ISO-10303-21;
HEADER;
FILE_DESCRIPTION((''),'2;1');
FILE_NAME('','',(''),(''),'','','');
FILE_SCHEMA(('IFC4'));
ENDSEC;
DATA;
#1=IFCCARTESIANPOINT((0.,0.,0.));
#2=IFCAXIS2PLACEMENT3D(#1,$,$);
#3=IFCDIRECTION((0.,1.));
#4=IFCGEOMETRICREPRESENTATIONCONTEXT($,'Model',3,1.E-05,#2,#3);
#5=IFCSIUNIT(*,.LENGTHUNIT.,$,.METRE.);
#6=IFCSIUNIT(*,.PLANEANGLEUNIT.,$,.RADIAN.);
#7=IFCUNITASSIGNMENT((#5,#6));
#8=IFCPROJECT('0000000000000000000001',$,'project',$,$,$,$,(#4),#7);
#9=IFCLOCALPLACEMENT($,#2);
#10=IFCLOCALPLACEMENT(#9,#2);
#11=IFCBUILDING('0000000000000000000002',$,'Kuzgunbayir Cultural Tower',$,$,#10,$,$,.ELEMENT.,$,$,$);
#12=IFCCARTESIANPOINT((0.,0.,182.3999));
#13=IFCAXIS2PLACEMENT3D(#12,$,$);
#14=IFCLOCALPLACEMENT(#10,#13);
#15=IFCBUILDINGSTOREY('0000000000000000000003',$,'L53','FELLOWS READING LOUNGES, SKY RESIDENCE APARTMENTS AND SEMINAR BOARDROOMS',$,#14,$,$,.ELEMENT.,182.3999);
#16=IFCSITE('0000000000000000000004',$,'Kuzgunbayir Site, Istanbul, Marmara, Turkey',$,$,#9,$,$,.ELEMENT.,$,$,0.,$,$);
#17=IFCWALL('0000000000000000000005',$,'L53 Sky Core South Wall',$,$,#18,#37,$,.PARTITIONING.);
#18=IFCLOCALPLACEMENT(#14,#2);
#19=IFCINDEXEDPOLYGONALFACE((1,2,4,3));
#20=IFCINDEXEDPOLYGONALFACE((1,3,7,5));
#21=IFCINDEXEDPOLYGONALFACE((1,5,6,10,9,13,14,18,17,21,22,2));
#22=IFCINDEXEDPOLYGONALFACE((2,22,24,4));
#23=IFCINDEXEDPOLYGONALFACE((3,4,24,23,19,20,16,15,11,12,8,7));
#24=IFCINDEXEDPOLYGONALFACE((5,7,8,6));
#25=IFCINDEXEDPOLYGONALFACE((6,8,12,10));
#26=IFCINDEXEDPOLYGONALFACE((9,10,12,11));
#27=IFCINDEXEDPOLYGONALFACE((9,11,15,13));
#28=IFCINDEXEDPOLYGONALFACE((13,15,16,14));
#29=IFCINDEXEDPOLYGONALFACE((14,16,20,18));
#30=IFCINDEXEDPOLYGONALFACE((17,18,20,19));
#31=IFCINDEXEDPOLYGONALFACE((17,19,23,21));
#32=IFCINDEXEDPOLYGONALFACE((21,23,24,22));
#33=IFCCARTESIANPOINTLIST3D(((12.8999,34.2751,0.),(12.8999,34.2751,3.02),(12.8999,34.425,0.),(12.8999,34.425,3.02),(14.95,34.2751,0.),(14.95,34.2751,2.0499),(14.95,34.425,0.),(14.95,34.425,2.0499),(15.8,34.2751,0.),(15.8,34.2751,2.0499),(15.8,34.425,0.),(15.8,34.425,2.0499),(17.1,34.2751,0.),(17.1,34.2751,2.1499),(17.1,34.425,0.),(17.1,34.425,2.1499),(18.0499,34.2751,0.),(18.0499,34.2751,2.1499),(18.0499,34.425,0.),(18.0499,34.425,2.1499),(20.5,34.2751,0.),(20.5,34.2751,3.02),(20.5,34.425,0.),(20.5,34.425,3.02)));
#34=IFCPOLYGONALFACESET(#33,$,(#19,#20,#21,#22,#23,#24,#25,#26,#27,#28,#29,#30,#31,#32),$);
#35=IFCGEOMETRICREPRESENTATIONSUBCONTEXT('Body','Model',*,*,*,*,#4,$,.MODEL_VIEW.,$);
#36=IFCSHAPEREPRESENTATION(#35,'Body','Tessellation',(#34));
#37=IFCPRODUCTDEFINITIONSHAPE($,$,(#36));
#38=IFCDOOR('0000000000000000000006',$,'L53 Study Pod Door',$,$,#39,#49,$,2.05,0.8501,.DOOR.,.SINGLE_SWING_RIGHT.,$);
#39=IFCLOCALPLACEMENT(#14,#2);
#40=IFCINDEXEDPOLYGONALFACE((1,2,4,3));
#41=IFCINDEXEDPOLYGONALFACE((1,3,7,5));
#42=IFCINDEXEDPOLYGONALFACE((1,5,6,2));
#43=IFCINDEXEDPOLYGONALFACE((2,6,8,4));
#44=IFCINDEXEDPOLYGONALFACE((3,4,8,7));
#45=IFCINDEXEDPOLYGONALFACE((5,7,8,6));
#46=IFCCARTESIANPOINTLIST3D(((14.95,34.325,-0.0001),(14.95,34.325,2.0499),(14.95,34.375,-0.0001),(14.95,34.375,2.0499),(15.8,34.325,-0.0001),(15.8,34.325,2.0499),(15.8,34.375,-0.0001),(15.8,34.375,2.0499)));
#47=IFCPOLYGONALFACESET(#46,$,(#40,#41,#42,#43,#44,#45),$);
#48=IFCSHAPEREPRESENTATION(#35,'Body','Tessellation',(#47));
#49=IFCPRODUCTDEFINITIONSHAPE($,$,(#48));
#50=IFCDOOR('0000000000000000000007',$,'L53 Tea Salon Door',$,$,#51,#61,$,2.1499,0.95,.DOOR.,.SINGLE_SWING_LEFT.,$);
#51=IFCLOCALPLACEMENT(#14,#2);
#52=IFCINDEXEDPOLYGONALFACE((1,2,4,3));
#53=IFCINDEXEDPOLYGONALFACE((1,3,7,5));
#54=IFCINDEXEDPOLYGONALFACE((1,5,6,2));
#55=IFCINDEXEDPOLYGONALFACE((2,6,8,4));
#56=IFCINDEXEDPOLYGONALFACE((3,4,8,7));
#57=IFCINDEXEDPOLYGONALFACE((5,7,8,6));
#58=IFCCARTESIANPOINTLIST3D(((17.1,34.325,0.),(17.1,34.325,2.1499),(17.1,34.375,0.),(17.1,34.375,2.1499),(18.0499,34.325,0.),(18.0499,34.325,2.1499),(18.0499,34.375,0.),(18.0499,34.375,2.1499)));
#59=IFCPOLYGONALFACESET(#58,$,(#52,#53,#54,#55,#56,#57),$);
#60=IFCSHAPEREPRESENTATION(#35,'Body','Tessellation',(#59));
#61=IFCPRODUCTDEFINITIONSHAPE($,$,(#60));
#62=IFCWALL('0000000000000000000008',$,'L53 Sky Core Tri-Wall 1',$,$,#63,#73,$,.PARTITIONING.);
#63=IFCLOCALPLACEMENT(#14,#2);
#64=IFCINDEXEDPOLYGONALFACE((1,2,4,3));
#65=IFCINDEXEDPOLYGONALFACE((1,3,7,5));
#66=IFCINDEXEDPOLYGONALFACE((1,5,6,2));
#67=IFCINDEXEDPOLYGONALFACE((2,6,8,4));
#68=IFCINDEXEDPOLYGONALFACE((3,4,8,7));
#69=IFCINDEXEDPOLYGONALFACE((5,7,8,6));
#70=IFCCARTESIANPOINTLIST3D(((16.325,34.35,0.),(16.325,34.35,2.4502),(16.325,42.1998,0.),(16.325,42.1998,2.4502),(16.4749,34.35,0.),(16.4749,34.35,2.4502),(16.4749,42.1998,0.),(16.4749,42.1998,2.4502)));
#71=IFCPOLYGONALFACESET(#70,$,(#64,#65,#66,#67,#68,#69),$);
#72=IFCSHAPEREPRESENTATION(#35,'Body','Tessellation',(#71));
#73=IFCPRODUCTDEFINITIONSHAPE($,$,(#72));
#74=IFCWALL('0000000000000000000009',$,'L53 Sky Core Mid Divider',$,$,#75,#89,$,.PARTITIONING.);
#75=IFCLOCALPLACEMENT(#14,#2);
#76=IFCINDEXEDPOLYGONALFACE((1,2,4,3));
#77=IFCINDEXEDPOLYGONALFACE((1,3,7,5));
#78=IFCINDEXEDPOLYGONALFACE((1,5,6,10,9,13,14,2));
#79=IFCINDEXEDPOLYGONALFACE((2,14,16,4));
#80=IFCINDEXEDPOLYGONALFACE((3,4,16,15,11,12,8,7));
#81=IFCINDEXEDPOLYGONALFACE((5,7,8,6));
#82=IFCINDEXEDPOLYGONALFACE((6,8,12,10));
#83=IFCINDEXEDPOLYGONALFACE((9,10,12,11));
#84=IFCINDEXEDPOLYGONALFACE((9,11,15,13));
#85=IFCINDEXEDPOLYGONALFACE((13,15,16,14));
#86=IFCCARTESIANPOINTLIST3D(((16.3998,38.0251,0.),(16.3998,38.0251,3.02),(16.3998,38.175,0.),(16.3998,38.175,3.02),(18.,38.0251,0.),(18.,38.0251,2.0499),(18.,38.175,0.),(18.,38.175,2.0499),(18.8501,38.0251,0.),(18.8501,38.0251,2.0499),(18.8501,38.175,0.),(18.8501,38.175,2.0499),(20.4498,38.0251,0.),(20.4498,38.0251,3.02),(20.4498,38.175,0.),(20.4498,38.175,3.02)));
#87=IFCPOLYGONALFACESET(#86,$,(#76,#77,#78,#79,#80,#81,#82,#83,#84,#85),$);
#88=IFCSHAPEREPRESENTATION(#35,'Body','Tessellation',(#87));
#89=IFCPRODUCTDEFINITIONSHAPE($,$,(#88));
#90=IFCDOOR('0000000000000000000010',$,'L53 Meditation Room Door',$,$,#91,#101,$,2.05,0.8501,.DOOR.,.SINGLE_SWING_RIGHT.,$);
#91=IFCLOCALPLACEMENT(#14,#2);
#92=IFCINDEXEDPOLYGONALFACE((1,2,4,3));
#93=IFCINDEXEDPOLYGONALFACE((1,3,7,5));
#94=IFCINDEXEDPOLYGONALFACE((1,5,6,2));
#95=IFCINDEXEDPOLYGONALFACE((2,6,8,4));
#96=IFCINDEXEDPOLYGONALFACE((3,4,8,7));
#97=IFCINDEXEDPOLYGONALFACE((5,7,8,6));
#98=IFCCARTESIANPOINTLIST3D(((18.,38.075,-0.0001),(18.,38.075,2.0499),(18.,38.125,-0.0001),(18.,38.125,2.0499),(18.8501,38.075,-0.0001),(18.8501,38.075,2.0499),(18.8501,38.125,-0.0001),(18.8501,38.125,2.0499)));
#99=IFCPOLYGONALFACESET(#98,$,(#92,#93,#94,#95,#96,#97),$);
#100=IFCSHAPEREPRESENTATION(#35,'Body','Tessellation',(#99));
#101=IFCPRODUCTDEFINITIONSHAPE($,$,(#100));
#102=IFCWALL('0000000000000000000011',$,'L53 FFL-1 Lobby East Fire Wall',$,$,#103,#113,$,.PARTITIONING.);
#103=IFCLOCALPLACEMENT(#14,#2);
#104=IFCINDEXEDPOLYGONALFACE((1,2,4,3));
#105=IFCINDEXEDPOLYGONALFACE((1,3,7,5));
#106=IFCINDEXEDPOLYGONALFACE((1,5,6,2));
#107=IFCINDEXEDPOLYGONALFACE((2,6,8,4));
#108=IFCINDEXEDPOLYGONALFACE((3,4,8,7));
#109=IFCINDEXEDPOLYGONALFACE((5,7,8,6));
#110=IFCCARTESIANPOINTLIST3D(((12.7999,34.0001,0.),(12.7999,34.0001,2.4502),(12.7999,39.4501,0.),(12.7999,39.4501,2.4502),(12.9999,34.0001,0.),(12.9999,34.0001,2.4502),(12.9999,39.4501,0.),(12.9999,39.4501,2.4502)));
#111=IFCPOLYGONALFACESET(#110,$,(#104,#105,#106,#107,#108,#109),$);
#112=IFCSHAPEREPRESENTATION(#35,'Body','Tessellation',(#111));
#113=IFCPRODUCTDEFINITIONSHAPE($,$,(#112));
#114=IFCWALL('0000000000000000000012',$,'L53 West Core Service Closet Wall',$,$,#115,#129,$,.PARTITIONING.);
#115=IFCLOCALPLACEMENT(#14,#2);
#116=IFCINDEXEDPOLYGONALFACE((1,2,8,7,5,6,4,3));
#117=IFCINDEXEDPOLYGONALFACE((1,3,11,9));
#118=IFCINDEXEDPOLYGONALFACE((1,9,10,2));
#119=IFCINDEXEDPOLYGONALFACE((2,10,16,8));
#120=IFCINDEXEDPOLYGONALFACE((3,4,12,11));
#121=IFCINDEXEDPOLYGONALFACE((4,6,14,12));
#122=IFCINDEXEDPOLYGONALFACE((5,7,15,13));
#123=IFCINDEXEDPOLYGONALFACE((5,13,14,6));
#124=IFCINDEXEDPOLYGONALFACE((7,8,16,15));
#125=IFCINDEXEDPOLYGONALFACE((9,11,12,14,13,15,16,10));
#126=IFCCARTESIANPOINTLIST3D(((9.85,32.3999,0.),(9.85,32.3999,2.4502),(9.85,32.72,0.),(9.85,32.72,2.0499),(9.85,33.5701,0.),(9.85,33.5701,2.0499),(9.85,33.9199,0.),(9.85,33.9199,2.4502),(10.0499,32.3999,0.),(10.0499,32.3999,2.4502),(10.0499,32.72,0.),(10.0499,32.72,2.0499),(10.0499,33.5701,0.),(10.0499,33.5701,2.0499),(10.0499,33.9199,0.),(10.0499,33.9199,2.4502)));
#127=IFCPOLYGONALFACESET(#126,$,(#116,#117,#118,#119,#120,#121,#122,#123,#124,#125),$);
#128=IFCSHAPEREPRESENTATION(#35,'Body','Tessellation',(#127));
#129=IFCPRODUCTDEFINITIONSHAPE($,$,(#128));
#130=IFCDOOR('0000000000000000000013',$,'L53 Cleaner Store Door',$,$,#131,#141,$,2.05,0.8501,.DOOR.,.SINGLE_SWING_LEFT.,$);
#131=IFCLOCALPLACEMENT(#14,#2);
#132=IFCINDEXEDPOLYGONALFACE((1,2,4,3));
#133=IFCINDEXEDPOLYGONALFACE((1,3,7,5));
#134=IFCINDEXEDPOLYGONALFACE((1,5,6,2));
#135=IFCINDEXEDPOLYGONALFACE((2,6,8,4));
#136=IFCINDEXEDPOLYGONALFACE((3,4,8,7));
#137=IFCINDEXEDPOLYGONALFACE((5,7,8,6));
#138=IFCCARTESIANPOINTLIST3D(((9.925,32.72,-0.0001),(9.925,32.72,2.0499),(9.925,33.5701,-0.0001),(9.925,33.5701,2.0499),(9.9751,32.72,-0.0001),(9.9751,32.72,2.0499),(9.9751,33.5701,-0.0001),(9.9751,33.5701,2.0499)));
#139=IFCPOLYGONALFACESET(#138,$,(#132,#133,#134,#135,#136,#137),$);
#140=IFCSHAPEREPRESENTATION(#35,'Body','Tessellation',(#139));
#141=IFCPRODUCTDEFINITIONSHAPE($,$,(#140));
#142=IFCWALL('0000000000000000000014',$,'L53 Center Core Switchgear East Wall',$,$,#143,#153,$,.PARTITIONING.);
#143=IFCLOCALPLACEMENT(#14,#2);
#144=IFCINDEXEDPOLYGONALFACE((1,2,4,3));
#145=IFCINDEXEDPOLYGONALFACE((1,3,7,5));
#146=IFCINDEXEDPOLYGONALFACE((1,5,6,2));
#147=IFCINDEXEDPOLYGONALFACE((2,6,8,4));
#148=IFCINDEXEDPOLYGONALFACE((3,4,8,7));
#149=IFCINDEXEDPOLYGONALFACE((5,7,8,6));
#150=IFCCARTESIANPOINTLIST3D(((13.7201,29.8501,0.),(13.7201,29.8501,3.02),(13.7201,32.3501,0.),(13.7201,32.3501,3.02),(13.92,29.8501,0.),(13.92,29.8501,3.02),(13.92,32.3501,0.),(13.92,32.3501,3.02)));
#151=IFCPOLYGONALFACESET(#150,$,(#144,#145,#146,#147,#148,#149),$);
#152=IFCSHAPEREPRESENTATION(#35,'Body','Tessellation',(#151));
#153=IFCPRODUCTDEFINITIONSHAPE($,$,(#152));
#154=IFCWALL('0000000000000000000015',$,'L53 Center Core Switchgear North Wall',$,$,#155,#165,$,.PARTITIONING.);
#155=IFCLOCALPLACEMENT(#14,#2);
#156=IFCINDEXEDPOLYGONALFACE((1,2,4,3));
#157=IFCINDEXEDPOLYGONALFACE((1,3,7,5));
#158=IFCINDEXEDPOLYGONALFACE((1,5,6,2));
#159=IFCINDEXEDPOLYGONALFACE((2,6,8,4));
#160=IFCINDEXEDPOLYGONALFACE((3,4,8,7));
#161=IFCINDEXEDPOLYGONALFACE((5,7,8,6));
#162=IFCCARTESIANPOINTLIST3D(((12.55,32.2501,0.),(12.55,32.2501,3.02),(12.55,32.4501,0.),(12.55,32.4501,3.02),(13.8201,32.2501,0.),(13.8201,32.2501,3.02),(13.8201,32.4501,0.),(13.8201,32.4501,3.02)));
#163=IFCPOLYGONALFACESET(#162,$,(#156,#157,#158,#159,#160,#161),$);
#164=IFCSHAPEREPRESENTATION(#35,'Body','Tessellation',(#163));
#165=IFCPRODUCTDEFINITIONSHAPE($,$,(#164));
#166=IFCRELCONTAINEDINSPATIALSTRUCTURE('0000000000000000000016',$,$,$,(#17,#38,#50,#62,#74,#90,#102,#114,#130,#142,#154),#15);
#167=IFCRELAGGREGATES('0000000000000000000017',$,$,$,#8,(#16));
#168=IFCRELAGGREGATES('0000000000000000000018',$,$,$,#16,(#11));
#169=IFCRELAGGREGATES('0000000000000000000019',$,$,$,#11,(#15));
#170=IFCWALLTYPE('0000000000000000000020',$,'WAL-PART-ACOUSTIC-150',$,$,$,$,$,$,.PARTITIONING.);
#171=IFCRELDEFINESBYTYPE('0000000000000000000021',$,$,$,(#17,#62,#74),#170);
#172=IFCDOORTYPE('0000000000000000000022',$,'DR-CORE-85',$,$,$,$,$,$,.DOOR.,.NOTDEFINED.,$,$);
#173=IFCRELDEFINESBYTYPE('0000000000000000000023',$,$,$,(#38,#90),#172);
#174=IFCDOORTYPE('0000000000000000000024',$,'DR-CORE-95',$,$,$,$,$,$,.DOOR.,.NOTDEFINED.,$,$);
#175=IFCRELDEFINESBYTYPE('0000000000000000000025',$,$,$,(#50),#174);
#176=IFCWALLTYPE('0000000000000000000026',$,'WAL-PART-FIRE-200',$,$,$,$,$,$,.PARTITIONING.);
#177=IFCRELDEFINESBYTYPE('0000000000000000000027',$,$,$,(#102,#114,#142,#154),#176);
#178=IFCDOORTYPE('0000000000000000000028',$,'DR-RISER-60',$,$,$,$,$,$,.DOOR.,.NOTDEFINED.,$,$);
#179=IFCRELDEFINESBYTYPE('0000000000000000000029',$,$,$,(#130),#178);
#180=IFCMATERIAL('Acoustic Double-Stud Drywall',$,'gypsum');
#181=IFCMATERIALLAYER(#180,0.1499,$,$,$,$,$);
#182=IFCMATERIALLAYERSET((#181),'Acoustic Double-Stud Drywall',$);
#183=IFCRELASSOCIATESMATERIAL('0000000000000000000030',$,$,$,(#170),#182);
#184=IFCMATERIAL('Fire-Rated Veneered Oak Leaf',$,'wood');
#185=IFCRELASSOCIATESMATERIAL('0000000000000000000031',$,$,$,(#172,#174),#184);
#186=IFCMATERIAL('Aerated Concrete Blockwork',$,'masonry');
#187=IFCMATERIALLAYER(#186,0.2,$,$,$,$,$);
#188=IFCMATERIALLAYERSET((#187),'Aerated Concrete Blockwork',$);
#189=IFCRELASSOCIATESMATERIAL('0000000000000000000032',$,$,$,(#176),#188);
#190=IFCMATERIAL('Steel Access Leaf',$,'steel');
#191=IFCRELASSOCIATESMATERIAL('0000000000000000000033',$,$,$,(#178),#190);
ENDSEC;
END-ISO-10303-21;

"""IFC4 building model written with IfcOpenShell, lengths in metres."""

from ifc_helpers import new_model, si_unit, direction, frame, frame_2d, origin, place, context, subcontext, project, spatial, rectangle, extrude, material, layer, layer_set, type_object, element, fill, save


model = new_model("IFC4")

# Units and contexts
model_context = context("Model", 3, precision=1e-05, world=origin(), true_north=direction((0.0, 1.0)))
body_context = subcontext(model_context, "Body", "Model", "MODEL_VIEW")
ifc_project = project(units=[si_unit("LENGTHUNIT", "METRE"), si_unit("PLANEANGLEUNIT", "RADIAN")], contexts=[model_context])

# Site, building, storey
site_placement = place(None, origin())
site = spatial("IfcSite", under=ifc_project, at=site_placement, Name="Kuzgunbayir Site, Istanbul, Marmara, Turkey", CompositionType="ELEMENT", RefElevation=0.0)
building_placement = place(site_placement, origin())
building = spatial("IfcBuilding", under=site, at=building_placement, Name="Kuzgunbayir Cultural Tower", CompositionType="ELEMENT")
storey_placement = place(building_placement, frame((0.0, 0.0, 182.3999)))
storey = spatial("IfcBuildingStorey", under=building, at=storey_placement, Name="L53", Description="FELLOWS READING LOUNGES, SKY RESIDENCE APARTMENTS AND SEMINAR BOARDROOMS", CompositionType="ELEMENT", Elevation=182.3999)

# Wall, openings, doors
ifc_material_1 = material(Name="Acoustic Double-Stud Drywall", Category="gypsum")
ifc_layer_1 = layer(ifc_material_1, 0.1499)
ifc_layer_set_1 = layer_set([ifc_layer_1], Name="Acoustic Double-Stud Drywall")
wall_type_1 = type_object("IfcWallType", Name="WAL-PART-ACOUSTIC-150", PredefinedType="PARTITIONING", material=ifc_layer_set_1)
wall_1_placement = place(storey_placement, frame((12.8999, 34.3501, 0.0), z_axis=(0.0, 0.0, 1.0), x_axis=(1.0, 0.0, 0.0)))
wall_1 = element("IfcWall", 1, at=wall_1_placement, inside=storey, type_object=wall_type_1, Name="L53 Sky Core South Wall", PredefinedType="PARTITIONING", context=body_context, shape_type="SweptSolid", body=[
    extrude(rectangle(XDim=7.6001, YDim=0.1499, at=frame_2d((3.8, 0.0))), origin(), (0.0, 0.0, 1.0), 3.02),
])
opening_1_placement = place(wall_1_placement, frame((2.05, 0.0, 0.0)))
opening_1 = element("IfcOpeningElement", 2, at=opening_1_placement, cuts=wall_1, PredefinedType="OPENING", context=body_context, shape_type="SweptSolid", body=[
    extrude(rectangle(XDim=0.8501, YDim=2.05, at=frame_2d((0.425, 1.0249))), frame((0.0, 0.085, 0.0), z_axis=(0.0, -1.0, 0.0), x_axis=(1.0, 0.0, 0.0)), (0.0, 0.0, 1.0), 0.1699),
])
opening_2_placement = place(wall_1_placement, frame((4.2, 0.0, 0.0)))
opening_2 = element("IfcOpeningElement", 3, at=opening_2_placement, cuts=wall_1, PredefinedType="OPENING", context=body_context, shape_type="SweptSolid", body=[
    extrude(rectangle(XDim=0.95, YDim=2.1499, at=frame_2d((0.4751, 1.075))), frame((0.0, 0.085, 0.0), z_axis=(0.0, -1.0, 0.0), x_axis=(1.0, 0.0, 0.0)), (0.0, 0.0, 1.0), 0.1699),
])
ifc_material_2 = material(Name="Fire-Rated Veneered Oak Leaf", Category="wood")
door_type_1 = type_object("IfcDoorType", Name="DR-CORE-85", OperationType="NOTDEFINED", PredefinedType="DOOR", material=ifc_material_2)
door_1_placement = place(opening_1_placement, origin())
door_1 = element("IfcDoor", 4, at=door_1_placement, inside=storey, type_object=door_type_1, Name="L53 Study Pod Door", OperationType="SINGLE_SWING_RIGHT", OverallHeight=2.05, OverallWidth=0.8501, PredefinedType="DOOR", context=body_context, shape_type="SweptSolid", body=[
    extrude(rectangle(XDim=0.8501, YDim=2.05, at=frame_2d((0.425, 1.0249))), frame((0.0, 0.0249, 0.0), z_axis=(0.0, -1.0, 0.0), x_axis=(1.0, 0.0, 0.0)), (0.0, 0.0, 1.0), 0.05),
])
fill(opening_1, door_1)
door_type_2 = type_object("IfcDoorType", Name="DR-CORE-95", OperationType="NOTDEFINED", PredefinedType="DOOR", material=ifc_material_2)
door_2_placement = place(opening_2_placement, origin())
door_2 = element("IfcDoor", 5, at=door_2_placement, inside=storey, type_object=door_type_2, Name="L53 Tea Salon Door", OperationType="SINGLE_SWING_LEFT", OverallHeight=2.1499, OverallWidth=0.95, PredefinedType="DOOR", context=body_context, shape_type="SweptSolid", body=[
    extrude(rectangle(XDim=0.95, YDim=2.1499, at=frame_2d((0.4751, 1.075))), frame((0.0, 0.0249, 0.0), z_axis=(0.0, -1.0, 0.0), x_axis=(1.0, 0.0, 0.0)), (0.0, 0.0, 1.0), 0.05),
])
fill(opening_2, door_2)

# Wall
wall_2_placement = place(storey_placement, frame((16.3999, 34.3501, 0.0), z_axis=(0.0, 0.0, 1.0), x_axis=(0.0, 1.0, 0.0)))
element("IfcWall", 6, at=wall_2_placement, inside=storey, type_object=wall_type_1, Name="L53 Sky Core Tri-Wall 1", PredefinedType="PARTITIONING", context=body_context, shape_type="SweptSolid", body=[
    extrude(rectangle(XDim=7.8499, YDim=0.1499, at=frame_2d((3.9248, 0.0))), origin(), (0.0, 0.0, 1.0), 2.4502),
])

# Wall, opening, door
wall_3_placement = place(storey_placement, frame((16.3999, 38.1001, 0.0), z_axis=(0.0, 0.0, 1.0), x_axis=(1.0, 0.0, 0.0)))
wall_3 = element("IfcWall", 7, at=wall_3_placement, inside=storey, type_object=wall_type_1, Name="L53 Sky Core Mid Divider", PredefinedType="PARTITIONING", context=body_context, shape_type="SweptSolid", body=[
    extrude(rectangle(XDim=4.05, YDim=0.1499, at=frame_2d((2.0249, 0.0))), origin(), (0.0, 0.0, 1.0), 3.02),
])
opening_3_placement = place(wall_3_placement, frame((1.6001, 0.0, 0.0)))
opening_3 = element("IfcOpeningElement", 8, at=opening_3_placement, cuts=wall_3, PredefinedType="OPENING", context=body_context, shape_type="SweptSolid", body=[
    extrude(rectangle(XDim=0.8501, YDim=2.05, at=frame_2d((0.425, 1.0249))), frame((0.0, 0.085, 0.0), z_axis=(0.0, -1.0, 0.0), x_axis=(1.0, 0.0, 0.0)), (0.0, 0.0, 1.0), 0.1699),
])
door_3_placement = place(opening_3_placement, origin())
door_3 = element("IfcDoor", 9, at=door_3_placement, inside=storey, type_object=door_type_1, Name="L53 Meditation Room Door", OperationType="SINGLE_SWING_RIGHT", OverallHeight=2.05, OverallWidth=0.8501, PredefinedType="DOOR", context=body_context, shape_type="SweptSolid", body=[
    extrude(rectangle(XDim=0.8501, YDim=2.05, at=frame_2d((0.425, 1.0249))), frame((0.0, 0.0249, 0.0), z_axis=(0.0, -1.0, 0.0), x_axis=(1.0, 0.0, 0.0)), (0.0, 0.0, 1.0), 0.05),
])
fill(opening_3, door_3)

# Wall
ifc_material_3 = material(Name="Aerated Concrete Blockwork", Category="masonry")
ifc_layer_2 = layer(ifc_material_3, 0.2)
ifc_layer_set_2 = layer_set([ifc_layer_2], Name="Aerated Concrete Blockwork")
wall_type_2 = type_object("IfcWallType", Name="WAL-PART-FIRE-200", PredefinedType="PARTITIONING", material=ifc_layer_set_2)
wall_4_placement = place(storey_placement, frame((12.8999, 34.0, 0.0), z_axis=(0.0, 0.0, 1.0), x_axis=(0.0, 1.0, 0.0)))
element("IfcWall", 10, at=wall_4_placement, inside=storey, type_object=wall_type_2, Name="L53 FFL-1 Lobby East Fire Wall", PredefinedType="PARTITIONING", context=body_context, shape_type="SweptSolid", body=[
    extrude(rectangle(XDim=5.45, YDim=0.2, at=frame_2d((2.7251, 0.0))), origin(), (0.0, 0.0, 1.0), 2.4502),
])

# Wall, opening, door
wall_5_placement = place(storey_placement, frame((9.95, 32.3999, 0.0), z_axis=(0.0, 0.0, 1.0), x_axis=(0.0, 1.0, 0.0)))
wall_5 = element("IfcWall", 11, at=wall_5_placement, inside=storey, type_object=wall_type_2, Name="L53 West Core Service Closet Wall", PredefinedType="PARTITIONING", context=body_context, shape_type="SweptSolid", body=[
    extrude(rectangle(XDim=1.52, YDim=0.2, at=frame_2d((0.76, 0.0))), origin(), (0.0, 0.0, 1.0), 2.4502),
])
opening_4_placement = place(wall_5_placement, frame((0.3201, 0.0, 0.0)))
opening_4 = element("IfcOpeningElement", 12, at=opening_4_placement, cuts=wall_5, PredefinedType="OPENING", context=body_context, shape_type="SweptSolid", body=[
    extrude(rectangle(XDim=0.8501, YDim=2.05, at=frame_2d((0.425, 1.0249))), frame((0.0, 0.1099, 0.0), z_axis=(0.0, -1.0, 0.0), x_axis=(1.0, 0.0, 0.0)), (0.0, 0.0, 1.0), 0.22),
])
ifc_material_4 = material(Name="Steel Access Leaf", Category="steel")
door_type_3 = type_object("IfcDoorType", Name="DR-RISER-60", OperationType="NOTDEFINED", PredefinedType="DOOR", material=ifc_material_4)
door_4_placement = place(opening_4_placement, origin())
door_4 = element("IfcDoor", 13, at=door_4_placement, inside=storey, type_object=door_type_3, Name="L53 Cleaner Store Door", OperationType="SINGLE_SWING_LEFT", OverallHeight=2.05, OverallWidth=0.8501, PredefinedType="DOOR", context=body_context, shape_type="SweptSolid", body=[
    extrude(rectangle(XDim=0.8501, YDim=2.05, at=frame_2d((0.425, 1.0249))), frame((0.0, 0.0249, 0.0), z_axis=(0.0, -1.0, 0.0), x_axis=(1.0, 0.0, 0.0)), (0.0, 0.0, 1.0), 0.05),
])
fill(opening_4, door_4)

# Walls
wall_6_placement = place(storey_placement, frame((13.8201, 29.8501, 0.0), z_axis=(0.0, 0.0, 1.0), x_axis=(0.0, 1.0, 0.0)))
element("IfcWall", 14, at=wall_6_placement, inside=storey, type_object=wall_type_2, Name="L53 Center Core Switchgear East Wall", PredefinedType="PARTITIONING", context=body_context, shape_type="SweptSolid", body=[
    extrude(rectangle(XDim=2.5, YDim=0.2, at=frame_2d((1.25, 0.0))), origin(), (0.0, 0.0, 1.0), 3.02),
])
wall_7_placement = place(storey_placement, frame((12.55, 32.3501, 0.0), z_axis=(0.0, 0.0, 1.0), x_axis=(1.0, 0.0, 0.0)))
element("IfcWall", 15, at=wall_7_placement, inside=storey, type_object=wall_type_2, Name="L53 Center Core Switchgear North Wall", PredefinedType="PARTITIONING", context=body_context, shape_type="SweptSolid", body=[
    extrude(rectangle(XDim=1.27, YDim=0.2, at=frame_2d((0.635, 0.0))), origin(), (0.0, 0.0, 1.0), 3.02),
])

save(model, "model.ifc")
